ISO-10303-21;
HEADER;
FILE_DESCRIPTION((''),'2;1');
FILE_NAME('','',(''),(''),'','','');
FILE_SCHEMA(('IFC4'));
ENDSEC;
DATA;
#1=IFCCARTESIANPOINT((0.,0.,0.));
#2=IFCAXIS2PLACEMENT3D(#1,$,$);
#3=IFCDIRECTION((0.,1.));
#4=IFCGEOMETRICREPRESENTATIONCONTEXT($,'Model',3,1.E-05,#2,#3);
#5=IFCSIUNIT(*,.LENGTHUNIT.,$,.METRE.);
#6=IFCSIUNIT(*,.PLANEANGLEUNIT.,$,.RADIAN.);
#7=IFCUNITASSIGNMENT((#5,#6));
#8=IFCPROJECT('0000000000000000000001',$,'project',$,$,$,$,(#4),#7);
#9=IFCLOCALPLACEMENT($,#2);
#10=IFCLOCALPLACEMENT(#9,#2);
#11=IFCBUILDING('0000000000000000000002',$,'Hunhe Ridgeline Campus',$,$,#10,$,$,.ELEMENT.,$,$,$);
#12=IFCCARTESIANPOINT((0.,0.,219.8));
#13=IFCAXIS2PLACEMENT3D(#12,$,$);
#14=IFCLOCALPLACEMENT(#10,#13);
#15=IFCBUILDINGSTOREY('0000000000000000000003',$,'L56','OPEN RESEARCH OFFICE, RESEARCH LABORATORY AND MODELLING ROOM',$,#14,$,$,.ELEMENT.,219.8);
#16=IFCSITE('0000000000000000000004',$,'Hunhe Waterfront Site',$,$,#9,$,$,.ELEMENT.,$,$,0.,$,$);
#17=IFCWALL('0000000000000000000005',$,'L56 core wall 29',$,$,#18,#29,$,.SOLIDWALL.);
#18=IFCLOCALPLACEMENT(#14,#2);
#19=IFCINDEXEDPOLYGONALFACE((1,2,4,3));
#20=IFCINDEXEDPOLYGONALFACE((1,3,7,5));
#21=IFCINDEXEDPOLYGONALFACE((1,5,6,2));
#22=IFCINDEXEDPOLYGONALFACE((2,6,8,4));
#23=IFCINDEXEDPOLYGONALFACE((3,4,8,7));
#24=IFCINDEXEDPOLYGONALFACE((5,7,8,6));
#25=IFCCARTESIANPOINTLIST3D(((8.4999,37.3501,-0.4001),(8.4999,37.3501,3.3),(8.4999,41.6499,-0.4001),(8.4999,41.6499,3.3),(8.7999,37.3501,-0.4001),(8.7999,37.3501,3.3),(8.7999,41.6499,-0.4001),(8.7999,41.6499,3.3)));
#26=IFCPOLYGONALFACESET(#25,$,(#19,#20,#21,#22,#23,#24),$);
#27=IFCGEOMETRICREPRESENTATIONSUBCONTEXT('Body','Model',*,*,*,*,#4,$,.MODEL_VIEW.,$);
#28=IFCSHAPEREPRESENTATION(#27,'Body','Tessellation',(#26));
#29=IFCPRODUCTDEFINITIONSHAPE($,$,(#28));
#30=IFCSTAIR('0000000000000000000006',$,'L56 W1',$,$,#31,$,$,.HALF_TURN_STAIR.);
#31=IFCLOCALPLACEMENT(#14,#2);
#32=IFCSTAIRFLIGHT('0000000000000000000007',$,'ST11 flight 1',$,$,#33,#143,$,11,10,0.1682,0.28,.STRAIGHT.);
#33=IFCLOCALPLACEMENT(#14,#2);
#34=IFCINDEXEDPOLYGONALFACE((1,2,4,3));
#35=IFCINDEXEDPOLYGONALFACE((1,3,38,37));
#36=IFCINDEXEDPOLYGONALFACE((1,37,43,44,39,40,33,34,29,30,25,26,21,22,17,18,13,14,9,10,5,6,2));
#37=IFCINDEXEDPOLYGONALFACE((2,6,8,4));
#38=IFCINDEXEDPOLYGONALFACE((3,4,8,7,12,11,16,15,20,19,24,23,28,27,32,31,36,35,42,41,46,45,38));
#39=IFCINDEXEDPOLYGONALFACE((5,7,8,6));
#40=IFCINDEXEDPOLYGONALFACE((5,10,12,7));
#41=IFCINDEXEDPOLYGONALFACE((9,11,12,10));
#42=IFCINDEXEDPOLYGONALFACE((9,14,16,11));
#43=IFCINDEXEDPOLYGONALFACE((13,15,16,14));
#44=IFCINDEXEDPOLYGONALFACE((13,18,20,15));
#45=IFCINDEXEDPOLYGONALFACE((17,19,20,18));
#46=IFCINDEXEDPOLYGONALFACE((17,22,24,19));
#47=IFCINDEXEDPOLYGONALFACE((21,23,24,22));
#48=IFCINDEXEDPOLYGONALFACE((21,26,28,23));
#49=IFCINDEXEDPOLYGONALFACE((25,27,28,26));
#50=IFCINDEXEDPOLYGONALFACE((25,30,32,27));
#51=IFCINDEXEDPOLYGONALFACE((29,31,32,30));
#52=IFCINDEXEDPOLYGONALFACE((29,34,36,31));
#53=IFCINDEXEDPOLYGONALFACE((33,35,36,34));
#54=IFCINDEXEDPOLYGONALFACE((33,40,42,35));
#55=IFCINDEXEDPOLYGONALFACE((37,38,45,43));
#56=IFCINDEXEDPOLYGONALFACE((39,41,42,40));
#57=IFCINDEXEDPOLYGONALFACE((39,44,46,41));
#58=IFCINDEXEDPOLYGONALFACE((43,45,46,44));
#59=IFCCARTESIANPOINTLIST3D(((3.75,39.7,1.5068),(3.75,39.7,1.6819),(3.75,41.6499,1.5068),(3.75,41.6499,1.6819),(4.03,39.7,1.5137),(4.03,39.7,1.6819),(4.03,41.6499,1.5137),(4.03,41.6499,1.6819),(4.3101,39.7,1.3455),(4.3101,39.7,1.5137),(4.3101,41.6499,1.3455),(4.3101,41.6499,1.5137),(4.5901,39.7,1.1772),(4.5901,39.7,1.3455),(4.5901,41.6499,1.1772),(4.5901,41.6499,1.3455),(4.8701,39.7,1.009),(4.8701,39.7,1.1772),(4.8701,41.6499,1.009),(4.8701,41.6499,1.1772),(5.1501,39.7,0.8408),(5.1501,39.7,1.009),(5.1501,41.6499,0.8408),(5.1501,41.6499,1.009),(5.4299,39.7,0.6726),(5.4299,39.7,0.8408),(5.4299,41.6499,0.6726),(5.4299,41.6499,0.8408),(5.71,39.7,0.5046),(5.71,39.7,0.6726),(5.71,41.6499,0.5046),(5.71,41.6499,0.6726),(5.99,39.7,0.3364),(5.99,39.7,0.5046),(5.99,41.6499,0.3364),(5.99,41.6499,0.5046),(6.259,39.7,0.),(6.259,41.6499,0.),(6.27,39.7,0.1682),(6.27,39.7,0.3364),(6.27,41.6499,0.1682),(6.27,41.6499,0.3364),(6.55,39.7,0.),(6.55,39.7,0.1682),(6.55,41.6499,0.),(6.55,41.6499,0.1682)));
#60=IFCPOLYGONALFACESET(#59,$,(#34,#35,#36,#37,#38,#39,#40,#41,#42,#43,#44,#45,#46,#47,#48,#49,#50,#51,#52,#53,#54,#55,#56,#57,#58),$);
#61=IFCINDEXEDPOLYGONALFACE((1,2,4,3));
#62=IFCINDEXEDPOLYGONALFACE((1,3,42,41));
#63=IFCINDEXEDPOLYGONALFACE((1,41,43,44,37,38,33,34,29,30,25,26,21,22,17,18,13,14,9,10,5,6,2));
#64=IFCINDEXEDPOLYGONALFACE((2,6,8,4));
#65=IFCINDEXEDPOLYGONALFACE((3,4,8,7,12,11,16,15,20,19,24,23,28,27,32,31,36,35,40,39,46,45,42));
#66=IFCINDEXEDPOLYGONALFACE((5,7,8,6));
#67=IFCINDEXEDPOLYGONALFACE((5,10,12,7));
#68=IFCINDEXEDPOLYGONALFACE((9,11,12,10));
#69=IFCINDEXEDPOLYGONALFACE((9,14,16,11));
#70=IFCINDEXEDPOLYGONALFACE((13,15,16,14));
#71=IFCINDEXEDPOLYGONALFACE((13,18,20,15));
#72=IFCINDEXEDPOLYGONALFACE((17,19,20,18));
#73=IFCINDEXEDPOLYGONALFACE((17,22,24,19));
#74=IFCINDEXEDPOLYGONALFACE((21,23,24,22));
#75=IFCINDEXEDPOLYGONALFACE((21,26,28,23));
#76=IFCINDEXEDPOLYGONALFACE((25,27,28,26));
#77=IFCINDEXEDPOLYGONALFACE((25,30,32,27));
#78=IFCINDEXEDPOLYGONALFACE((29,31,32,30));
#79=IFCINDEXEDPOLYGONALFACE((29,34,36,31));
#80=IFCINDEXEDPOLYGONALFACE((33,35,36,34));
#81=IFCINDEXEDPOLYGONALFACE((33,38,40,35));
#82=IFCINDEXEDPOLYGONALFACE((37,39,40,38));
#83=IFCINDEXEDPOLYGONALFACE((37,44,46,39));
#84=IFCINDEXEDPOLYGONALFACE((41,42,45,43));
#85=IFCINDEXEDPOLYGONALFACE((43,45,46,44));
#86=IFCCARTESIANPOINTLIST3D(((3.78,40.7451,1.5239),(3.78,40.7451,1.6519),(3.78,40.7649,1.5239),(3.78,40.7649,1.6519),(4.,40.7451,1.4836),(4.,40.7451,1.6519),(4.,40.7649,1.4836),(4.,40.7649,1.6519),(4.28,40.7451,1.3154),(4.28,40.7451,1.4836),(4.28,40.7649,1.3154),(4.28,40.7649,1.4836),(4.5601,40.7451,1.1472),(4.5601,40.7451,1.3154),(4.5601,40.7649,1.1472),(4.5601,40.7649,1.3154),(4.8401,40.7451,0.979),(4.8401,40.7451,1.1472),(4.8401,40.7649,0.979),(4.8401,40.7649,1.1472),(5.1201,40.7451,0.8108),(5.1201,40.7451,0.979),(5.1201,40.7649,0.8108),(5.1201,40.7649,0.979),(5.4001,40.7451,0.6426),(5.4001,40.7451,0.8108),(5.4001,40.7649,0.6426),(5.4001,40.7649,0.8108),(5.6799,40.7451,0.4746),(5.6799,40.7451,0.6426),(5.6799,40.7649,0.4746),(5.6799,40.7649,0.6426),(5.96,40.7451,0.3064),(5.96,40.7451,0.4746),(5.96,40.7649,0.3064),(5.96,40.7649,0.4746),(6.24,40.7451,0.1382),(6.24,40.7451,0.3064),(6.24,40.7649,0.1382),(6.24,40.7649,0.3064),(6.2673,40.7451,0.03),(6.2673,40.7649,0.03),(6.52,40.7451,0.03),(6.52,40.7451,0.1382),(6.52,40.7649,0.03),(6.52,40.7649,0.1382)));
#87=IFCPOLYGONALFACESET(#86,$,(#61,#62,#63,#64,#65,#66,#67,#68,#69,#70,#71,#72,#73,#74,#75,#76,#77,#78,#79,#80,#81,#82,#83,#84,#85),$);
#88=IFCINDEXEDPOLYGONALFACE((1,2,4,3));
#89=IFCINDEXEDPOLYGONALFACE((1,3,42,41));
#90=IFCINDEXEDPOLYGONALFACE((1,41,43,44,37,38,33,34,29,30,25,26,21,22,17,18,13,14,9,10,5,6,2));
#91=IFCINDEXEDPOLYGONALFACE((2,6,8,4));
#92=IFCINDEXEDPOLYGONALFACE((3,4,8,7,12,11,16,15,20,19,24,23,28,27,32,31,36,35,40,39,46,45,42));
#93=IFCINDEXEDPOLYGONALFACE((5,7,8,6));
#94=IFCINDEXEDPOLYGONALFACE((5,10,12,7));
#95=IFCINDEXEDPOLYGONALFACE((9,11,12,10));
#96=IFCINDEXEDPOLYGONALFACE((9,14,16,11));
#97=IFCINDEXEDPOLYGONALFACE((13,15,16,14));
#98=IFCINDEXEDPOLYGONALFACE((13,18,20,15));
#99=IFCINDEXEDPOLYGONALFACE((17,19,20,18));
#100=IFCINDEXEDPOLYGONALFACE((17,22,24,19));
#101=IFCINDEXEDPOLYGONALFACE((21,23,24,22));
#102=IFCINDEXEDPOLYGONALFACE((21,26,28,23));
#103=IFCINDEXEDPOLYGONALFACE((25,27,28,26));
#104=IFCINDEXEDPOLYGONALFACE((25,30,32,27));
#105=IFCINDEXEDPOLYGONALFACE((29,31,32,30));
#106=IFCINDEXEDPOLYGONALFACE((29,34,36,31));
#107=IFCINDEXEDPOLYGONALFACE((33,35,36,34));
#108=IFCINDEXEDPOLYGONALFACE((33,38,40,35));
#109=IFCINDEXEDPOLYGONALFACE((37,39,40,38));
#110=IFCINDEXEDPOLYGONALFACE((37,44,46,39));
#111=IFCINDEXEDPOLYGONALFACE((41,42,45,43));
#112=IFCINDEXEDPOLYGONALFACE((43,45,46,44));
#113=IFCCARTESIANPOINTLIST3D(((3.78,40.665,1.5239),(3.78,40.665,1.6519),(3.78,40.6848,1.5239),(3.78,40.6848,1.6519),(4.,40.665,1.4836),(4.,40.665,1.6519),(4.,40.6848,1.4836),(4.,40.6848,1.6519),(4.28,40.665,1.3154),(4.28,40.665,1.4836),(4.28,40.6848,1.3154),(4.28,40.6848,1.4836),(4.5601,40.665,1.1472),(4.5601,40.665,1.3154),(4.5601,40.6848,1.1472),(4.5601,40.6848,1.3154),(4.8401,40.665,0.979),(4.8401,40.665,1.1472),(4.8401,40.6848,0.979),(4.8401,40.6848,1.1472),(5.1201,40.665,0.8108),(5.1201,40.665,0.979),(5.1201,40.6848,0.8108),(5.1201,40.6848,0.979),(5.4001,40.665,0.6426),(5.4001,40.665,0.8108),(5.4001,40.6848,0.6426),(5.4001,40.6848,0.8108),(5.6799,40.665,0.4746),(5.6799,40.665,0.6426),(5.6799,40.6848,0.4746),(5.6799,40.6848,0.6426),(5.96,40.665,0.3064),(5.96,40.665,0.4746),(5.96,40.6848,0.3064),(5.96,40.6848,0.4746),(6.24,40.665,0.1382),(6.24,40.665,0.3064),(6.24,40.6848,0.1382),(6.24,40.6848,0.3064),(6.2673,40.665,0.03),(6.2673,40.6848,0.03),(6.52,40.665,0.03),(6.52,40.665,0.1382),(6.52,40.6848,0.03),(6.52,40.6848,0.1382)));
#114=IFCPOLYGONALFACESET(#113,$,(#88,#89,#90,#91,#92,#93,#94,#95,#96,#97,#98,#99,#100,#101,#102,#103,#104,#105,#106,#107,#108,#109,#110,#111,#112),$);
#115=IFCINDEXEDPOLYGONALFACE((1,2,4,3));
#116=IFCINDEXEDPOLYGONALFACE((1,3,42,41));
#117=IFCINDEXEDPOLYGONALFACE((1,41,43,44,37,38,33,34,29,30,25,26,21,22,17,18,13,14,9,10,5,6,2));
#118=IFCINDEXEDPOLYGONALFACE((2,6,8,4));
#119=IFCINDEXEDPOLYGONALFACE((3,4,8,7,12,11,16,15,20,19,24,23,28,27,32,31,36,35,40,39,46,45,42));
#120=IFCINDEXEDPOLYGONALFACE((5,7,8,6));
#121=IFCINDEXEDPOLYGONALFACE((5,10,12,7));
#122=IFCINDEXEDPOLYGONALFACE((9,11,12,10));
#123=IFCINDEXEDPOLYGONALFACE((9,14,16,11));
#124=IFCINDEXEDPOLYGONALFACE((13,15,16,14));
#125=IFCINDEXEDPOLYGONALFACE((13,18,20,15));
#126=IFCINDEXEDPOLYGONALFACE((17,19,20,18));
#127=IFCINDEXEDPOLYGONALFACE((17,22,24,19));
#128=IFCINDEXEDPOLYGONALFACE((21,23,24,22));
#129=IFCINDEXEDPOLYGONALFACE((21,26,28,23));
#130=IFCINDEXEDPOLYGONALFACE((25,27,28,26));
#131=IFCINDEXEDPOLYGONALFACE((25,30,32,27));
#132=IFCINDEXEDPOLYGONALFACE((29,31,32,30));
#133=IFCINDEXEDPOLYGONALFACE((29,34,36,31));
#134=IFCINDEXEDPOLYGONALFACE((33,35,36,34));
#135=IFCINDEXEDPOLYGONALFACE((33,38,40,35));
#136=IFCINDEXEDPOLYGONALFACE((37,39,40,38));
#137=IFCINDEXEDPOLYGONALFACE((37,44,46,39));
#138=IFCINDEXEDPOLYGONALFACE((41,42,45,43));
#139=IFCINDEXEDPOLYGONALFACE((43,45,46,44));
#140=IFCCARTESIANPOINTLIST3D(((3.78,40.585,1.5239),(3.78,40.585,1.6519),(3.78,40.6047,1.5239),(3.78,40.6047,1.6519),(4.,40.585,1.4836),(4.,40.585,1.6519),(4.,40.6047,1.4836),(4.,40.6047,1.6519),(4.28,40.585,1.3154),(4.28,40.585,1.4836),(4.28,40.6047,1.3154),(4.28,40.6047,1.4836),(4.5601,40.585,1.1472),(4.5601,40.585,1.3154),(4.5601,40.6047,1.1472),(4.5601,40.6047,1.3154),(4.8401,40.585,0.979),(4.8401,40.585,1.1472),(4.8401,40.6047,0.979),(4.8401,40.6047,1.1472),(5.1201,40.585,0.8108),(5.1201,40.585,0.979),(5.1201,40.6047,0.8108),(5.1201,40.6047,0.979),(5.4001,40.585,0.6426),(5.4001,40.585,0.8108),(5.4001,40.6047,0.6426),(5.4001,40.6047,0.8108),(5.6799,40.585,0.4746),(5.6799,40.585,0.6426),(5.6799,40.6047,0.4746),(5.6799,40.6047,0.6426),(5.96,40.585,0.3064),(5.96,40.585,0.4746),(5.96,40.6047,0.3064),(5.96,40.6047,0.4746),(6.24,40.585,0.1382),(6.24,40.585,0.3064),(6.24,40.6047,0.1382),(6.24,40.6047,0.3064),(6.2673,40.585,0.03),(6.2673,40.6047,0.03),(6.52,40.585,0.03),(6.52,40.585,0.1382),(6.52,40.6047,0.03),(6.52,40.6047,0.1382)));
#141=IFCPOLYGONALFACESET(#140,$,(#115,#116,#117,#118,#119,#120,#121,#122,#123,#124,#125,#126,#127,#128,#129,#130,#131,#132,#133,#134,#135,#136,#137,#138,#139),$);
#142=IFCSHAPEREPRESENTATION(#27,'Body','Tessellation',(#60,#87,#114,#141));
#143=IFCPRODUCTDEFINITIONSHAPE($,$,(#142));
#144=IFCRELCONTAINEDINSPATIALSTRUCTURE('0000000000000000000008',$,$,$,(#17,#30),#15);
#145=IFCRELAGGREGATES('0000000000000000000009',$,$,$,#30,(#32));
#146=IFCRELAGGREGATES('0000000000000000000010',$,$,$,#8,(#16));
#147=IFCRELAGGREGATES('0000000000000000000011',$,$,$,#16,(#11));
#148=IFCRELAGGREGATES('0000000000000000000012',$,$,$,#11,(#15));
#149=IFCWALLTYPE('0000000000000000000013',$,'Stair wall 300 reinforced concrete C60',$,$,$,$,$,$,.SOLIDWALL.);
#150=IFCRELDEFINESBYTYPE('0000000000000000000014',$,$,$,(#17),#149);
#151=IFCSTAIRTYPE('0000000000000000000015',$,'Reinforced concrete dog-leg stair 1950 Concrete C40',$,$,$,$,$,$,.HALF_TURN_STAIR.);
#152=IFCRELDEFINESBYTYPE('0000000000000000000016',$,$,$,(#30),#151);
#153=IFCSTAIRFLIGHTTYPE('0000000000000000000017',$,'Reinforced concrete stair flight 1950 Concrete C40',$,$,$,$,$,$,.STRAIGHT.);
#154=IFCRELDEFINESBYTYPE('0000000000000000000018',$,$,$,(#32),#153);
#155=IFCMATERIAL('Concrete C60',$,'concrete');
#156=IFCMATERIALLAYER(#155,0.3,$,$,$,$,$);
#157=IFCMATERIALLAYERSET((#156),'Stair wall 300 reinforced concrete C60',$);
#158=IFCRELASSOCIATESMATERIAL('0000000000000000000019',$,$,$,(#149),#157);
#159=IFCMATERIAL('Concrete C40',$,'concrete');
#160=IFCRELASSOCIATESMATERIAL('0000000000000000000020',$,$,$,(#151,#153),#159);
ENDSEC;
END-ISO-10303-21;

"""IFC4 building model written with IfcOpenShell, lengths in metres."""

from ifc_helpers import new_model, si_unit, direction, frame, frame_2d, origin, place, context, subcontext, project, spatial, polyline, rectangle, outline, extrude, material, layer, layer_set, type_object, element, aggregate, save


model = new_model("IFC4")

# Units and contexts
model_context = context("Model", 3, precision=1e-05, world=origin(), true_north=direction((0.0, 1.0)))
body_context = subcontext(model_context, "Body", "Model", "MODEL_VIEW")
ifc_project = project(units=[si_unit("LENGTHUNIT", "METRE"), si_unit("PLANEANGLEUNIT", "RADIAN")], contexts=[model_context])

# Site, building, storey
site_placement = place(None, origin())
site = spatial("IfcSite", under=ifc_project, at=site_placement, Name="Hunhe Waterfront Site", CompositionType="ELEMENT", RefElevation=0.0)
building_placement = place(site_placement, origin())
building = spatial("IfcBuilding", under=site, at=building_placement, Name="Hunhe Ridgeline Campus", CompositionType="ELEMENT")
storey_placement = place(building_placement, frame((0.0, 0.0, 219.8)))
storey = spatial("IfcBuildingStorey", under=building, at=storey_placement, Name="L56", Description="OPEN RESEARCH OFFICE, RESEARCH LABORATORY AND MODELLING ROOM", CompositionType="ELEMENT", Elevation=219.8)

# Shared definitions
ifc_material_1 = material(Name="Concrete C60", Category="concrete")

# Shared definitions
ifc_layer_1 = layer(ifc_material_1, 0.3)
ifc_layer_set_1 = layer_set([ifc_layer_1], Name="Stair wall 300 reinforced concrete C60")
wall_type_1 = type_object("IfcWallType", Name="Stair wall 300 reinforced concrete C60", PredefinedType="SOLIDWALL", material=ifc_layer_set_1)

# Wall
wall_1_placement = place(storey_placement, frame((8.6499, 37.3501, -0.4001), z_axis=(0.0, 0.0, 1.0), x_axis=(0.0, 1.0, 0.0)))
element("IfcWall", 1, at=wall_1_placement, inside=storey, type_object=wall_type_1, Name="L56 core wall 29", PredefinedType="SOLIDWALL", context=body_context, shape_type="SweptSolid", body=[
    extrude(rectangle(XDim=4.2998, YDim=0.3, at=frame_2d((2.1499, 0.0))), origin(), (0.0, 0.0, 1.0), 3.7002),
])

# Stair, stair flight
ifc_material_2 = material(Name="Concrete C40", Category="concrete")
stair_type = type_object("IfcStairType", Name="Reinforced concrete dog-leg stair 1950 Concrete C40", PredefinedType="HALF_TURN_STAIR", material=ifc_material_2)
stair_placement = place(storey_placement, origin())
stair = element("IfcStair", 2, at=stair_placement, inside=storey, type_object=stair_type, Name="L56 W1", PredefinedType="HALF_TURN_STAIR")
stair_flight_type = type_object("IfcStairFlightType", Name="Reinforced concrete stair flight 1950 Concrete C40", PredefinedType="STRAIGHT", material=ifc_material_2)
stair_flight_1_placement = place(storey_placement, frame((6.55, 40.675, 0.0), z_axis=(0.0, 0.0, 1.0), x_axis=(-1.0, 0.0, 0.0)))
stair_flight_1 = element("IfcStairFlight", 3, at=stair_flight_1_placement, type_object=stair_flight_type, Name="ST11 flight 1", NumberOfRisers=11, NumberOfTreads=10, PredefinedType="STRAIGHT", RiserHeight=0.1682, TreadLength=0.28, context=body_context, shape_type="SweptSolid", body=[
    extrude(outline(polyline([(0.0, 0.0), (0.0, 0.1682), (0.28, 0.1682), (0.28, 0.3364), (0.5601, 0.3364), (0.5601, 0.5046), (0.8401, 0.5046), (0.8401, 0.6726), (1.1201, 0.6726), (1.1201, 0.8408), (1.3999, 0.8408), (1.3999, 1.009), (1.6799, 1.009), (1.6799, 1.1772), (1.96, 1.1772), (1.96, 1.3455), (2.24, 1.3455), (2.24, 1.5137), (2.52, 1.5137), (2.52, 1.6819), (2.8, 1.6819), (2.8, 1.8501), (2.8, 1.5068), (0.291, 0.0), (0.0, 0.0)])), frame((0.0, 0.9751, 0.0), z_axis=(0.0, -1.0, 0.0), x_axis=(1.0, 0.0, 0.0)), (0.0, 0.0, 1.0), 1.95),
    extrude(outline(polyline([(0.03, 0.03), (0.03, 0.1382), (0.3101, 0.1382), (0.3101, 0.3064), (0.5901, 0.3064), (0.5901, 0.4746), (0.8701, 0.4746), (0.8701, 0.6426), (1.1499, 0.6426), (1.1499, 0.8108), (1.4299, 0.8108), (1.4299, 0.979), (1.71, 0.979), (1.71, 1.1472), (1.99, 1.1472), (1.99, 1.3154), (2.27, 1.3154), (2.27, 1.4836), (2.55, 1.4836), (2.55, 1.6519), (2.77, 1.6519), (2.77, 1.5239), (0.2827, 0.03), (0.03, 0.03)])), frame((0.0, -0.0701, 0.0), z_axis=(0.0, -1.0, 0.0), x_axis=(1.0, 0.0, 0.0)), (0.0, 0.0, 1.0), 0.0198),
    extrude(outline(polyline([(0.03, 0.03), (0.03, 0.1382), (0.3101, 0.1382), (0.3101, 0.3064), (0.5901, 0.3064), (0.5901, 0.4746), (0.8701, 0.4746), (0.8701, 0.6426), (1.1499, 0.6426), (1.1499, 0.8108), (1.4299, 0.8108), (1.4299, 0.979), (1.71, 0.979), (1.71, 1.1472), (1.99, 1.1472), (1.99, 1.3154), (2.27, 1.3154), (2.27, 1.4836), (2.55, 1.4836), (2.55, 1.6519), (2.77, 1.6519), (2.77, 1.5239), (0.2827, 0.03), (0.03, 0.03)])), frame((0.0, 0.01, 0.0), z_axis=(0.0, -1.0, 0.0), x_axis=(1.0, 0.0, 0.0)), (0.0, 0.0, 1.0), 0.0198),
    extrude(outline(polyline([(0.03, 0.03), (0.03, 0.1382), (0.3101, 0.1382), (0.3101, 0.3064), (0.5901, 0.3064), (0.5901, 0.4746), (0.8701, 0.4746), (0.8701, 0.6426), (1.1499, 0.6426), (1.1499, 0.8108), (1.4299, 0.8108), (1.4299, 0.979), (1.71, 0.979), (1.71, 1.1472), (1.99, 1.1472), (1.99, 1.3154), (2.27, 1.3154), (2.27, 1.4836), (2.55, 1.4836), (2.55, 1.6519), (2.77, 1.6519), (2.77, 1.5239), (0.2827, 0.03), (0.03, 0.03)])), frame((0.0, 0.0901, 0.0), z_axis=(0.0, -1.0, 0.0), x_axis=(1.0, 0.0, 0.0)), (0.0, 0.0, 1.0), 0.0198),
])
aggregate(stair, [stair_flight_1])

save(model, "model.ifc")
